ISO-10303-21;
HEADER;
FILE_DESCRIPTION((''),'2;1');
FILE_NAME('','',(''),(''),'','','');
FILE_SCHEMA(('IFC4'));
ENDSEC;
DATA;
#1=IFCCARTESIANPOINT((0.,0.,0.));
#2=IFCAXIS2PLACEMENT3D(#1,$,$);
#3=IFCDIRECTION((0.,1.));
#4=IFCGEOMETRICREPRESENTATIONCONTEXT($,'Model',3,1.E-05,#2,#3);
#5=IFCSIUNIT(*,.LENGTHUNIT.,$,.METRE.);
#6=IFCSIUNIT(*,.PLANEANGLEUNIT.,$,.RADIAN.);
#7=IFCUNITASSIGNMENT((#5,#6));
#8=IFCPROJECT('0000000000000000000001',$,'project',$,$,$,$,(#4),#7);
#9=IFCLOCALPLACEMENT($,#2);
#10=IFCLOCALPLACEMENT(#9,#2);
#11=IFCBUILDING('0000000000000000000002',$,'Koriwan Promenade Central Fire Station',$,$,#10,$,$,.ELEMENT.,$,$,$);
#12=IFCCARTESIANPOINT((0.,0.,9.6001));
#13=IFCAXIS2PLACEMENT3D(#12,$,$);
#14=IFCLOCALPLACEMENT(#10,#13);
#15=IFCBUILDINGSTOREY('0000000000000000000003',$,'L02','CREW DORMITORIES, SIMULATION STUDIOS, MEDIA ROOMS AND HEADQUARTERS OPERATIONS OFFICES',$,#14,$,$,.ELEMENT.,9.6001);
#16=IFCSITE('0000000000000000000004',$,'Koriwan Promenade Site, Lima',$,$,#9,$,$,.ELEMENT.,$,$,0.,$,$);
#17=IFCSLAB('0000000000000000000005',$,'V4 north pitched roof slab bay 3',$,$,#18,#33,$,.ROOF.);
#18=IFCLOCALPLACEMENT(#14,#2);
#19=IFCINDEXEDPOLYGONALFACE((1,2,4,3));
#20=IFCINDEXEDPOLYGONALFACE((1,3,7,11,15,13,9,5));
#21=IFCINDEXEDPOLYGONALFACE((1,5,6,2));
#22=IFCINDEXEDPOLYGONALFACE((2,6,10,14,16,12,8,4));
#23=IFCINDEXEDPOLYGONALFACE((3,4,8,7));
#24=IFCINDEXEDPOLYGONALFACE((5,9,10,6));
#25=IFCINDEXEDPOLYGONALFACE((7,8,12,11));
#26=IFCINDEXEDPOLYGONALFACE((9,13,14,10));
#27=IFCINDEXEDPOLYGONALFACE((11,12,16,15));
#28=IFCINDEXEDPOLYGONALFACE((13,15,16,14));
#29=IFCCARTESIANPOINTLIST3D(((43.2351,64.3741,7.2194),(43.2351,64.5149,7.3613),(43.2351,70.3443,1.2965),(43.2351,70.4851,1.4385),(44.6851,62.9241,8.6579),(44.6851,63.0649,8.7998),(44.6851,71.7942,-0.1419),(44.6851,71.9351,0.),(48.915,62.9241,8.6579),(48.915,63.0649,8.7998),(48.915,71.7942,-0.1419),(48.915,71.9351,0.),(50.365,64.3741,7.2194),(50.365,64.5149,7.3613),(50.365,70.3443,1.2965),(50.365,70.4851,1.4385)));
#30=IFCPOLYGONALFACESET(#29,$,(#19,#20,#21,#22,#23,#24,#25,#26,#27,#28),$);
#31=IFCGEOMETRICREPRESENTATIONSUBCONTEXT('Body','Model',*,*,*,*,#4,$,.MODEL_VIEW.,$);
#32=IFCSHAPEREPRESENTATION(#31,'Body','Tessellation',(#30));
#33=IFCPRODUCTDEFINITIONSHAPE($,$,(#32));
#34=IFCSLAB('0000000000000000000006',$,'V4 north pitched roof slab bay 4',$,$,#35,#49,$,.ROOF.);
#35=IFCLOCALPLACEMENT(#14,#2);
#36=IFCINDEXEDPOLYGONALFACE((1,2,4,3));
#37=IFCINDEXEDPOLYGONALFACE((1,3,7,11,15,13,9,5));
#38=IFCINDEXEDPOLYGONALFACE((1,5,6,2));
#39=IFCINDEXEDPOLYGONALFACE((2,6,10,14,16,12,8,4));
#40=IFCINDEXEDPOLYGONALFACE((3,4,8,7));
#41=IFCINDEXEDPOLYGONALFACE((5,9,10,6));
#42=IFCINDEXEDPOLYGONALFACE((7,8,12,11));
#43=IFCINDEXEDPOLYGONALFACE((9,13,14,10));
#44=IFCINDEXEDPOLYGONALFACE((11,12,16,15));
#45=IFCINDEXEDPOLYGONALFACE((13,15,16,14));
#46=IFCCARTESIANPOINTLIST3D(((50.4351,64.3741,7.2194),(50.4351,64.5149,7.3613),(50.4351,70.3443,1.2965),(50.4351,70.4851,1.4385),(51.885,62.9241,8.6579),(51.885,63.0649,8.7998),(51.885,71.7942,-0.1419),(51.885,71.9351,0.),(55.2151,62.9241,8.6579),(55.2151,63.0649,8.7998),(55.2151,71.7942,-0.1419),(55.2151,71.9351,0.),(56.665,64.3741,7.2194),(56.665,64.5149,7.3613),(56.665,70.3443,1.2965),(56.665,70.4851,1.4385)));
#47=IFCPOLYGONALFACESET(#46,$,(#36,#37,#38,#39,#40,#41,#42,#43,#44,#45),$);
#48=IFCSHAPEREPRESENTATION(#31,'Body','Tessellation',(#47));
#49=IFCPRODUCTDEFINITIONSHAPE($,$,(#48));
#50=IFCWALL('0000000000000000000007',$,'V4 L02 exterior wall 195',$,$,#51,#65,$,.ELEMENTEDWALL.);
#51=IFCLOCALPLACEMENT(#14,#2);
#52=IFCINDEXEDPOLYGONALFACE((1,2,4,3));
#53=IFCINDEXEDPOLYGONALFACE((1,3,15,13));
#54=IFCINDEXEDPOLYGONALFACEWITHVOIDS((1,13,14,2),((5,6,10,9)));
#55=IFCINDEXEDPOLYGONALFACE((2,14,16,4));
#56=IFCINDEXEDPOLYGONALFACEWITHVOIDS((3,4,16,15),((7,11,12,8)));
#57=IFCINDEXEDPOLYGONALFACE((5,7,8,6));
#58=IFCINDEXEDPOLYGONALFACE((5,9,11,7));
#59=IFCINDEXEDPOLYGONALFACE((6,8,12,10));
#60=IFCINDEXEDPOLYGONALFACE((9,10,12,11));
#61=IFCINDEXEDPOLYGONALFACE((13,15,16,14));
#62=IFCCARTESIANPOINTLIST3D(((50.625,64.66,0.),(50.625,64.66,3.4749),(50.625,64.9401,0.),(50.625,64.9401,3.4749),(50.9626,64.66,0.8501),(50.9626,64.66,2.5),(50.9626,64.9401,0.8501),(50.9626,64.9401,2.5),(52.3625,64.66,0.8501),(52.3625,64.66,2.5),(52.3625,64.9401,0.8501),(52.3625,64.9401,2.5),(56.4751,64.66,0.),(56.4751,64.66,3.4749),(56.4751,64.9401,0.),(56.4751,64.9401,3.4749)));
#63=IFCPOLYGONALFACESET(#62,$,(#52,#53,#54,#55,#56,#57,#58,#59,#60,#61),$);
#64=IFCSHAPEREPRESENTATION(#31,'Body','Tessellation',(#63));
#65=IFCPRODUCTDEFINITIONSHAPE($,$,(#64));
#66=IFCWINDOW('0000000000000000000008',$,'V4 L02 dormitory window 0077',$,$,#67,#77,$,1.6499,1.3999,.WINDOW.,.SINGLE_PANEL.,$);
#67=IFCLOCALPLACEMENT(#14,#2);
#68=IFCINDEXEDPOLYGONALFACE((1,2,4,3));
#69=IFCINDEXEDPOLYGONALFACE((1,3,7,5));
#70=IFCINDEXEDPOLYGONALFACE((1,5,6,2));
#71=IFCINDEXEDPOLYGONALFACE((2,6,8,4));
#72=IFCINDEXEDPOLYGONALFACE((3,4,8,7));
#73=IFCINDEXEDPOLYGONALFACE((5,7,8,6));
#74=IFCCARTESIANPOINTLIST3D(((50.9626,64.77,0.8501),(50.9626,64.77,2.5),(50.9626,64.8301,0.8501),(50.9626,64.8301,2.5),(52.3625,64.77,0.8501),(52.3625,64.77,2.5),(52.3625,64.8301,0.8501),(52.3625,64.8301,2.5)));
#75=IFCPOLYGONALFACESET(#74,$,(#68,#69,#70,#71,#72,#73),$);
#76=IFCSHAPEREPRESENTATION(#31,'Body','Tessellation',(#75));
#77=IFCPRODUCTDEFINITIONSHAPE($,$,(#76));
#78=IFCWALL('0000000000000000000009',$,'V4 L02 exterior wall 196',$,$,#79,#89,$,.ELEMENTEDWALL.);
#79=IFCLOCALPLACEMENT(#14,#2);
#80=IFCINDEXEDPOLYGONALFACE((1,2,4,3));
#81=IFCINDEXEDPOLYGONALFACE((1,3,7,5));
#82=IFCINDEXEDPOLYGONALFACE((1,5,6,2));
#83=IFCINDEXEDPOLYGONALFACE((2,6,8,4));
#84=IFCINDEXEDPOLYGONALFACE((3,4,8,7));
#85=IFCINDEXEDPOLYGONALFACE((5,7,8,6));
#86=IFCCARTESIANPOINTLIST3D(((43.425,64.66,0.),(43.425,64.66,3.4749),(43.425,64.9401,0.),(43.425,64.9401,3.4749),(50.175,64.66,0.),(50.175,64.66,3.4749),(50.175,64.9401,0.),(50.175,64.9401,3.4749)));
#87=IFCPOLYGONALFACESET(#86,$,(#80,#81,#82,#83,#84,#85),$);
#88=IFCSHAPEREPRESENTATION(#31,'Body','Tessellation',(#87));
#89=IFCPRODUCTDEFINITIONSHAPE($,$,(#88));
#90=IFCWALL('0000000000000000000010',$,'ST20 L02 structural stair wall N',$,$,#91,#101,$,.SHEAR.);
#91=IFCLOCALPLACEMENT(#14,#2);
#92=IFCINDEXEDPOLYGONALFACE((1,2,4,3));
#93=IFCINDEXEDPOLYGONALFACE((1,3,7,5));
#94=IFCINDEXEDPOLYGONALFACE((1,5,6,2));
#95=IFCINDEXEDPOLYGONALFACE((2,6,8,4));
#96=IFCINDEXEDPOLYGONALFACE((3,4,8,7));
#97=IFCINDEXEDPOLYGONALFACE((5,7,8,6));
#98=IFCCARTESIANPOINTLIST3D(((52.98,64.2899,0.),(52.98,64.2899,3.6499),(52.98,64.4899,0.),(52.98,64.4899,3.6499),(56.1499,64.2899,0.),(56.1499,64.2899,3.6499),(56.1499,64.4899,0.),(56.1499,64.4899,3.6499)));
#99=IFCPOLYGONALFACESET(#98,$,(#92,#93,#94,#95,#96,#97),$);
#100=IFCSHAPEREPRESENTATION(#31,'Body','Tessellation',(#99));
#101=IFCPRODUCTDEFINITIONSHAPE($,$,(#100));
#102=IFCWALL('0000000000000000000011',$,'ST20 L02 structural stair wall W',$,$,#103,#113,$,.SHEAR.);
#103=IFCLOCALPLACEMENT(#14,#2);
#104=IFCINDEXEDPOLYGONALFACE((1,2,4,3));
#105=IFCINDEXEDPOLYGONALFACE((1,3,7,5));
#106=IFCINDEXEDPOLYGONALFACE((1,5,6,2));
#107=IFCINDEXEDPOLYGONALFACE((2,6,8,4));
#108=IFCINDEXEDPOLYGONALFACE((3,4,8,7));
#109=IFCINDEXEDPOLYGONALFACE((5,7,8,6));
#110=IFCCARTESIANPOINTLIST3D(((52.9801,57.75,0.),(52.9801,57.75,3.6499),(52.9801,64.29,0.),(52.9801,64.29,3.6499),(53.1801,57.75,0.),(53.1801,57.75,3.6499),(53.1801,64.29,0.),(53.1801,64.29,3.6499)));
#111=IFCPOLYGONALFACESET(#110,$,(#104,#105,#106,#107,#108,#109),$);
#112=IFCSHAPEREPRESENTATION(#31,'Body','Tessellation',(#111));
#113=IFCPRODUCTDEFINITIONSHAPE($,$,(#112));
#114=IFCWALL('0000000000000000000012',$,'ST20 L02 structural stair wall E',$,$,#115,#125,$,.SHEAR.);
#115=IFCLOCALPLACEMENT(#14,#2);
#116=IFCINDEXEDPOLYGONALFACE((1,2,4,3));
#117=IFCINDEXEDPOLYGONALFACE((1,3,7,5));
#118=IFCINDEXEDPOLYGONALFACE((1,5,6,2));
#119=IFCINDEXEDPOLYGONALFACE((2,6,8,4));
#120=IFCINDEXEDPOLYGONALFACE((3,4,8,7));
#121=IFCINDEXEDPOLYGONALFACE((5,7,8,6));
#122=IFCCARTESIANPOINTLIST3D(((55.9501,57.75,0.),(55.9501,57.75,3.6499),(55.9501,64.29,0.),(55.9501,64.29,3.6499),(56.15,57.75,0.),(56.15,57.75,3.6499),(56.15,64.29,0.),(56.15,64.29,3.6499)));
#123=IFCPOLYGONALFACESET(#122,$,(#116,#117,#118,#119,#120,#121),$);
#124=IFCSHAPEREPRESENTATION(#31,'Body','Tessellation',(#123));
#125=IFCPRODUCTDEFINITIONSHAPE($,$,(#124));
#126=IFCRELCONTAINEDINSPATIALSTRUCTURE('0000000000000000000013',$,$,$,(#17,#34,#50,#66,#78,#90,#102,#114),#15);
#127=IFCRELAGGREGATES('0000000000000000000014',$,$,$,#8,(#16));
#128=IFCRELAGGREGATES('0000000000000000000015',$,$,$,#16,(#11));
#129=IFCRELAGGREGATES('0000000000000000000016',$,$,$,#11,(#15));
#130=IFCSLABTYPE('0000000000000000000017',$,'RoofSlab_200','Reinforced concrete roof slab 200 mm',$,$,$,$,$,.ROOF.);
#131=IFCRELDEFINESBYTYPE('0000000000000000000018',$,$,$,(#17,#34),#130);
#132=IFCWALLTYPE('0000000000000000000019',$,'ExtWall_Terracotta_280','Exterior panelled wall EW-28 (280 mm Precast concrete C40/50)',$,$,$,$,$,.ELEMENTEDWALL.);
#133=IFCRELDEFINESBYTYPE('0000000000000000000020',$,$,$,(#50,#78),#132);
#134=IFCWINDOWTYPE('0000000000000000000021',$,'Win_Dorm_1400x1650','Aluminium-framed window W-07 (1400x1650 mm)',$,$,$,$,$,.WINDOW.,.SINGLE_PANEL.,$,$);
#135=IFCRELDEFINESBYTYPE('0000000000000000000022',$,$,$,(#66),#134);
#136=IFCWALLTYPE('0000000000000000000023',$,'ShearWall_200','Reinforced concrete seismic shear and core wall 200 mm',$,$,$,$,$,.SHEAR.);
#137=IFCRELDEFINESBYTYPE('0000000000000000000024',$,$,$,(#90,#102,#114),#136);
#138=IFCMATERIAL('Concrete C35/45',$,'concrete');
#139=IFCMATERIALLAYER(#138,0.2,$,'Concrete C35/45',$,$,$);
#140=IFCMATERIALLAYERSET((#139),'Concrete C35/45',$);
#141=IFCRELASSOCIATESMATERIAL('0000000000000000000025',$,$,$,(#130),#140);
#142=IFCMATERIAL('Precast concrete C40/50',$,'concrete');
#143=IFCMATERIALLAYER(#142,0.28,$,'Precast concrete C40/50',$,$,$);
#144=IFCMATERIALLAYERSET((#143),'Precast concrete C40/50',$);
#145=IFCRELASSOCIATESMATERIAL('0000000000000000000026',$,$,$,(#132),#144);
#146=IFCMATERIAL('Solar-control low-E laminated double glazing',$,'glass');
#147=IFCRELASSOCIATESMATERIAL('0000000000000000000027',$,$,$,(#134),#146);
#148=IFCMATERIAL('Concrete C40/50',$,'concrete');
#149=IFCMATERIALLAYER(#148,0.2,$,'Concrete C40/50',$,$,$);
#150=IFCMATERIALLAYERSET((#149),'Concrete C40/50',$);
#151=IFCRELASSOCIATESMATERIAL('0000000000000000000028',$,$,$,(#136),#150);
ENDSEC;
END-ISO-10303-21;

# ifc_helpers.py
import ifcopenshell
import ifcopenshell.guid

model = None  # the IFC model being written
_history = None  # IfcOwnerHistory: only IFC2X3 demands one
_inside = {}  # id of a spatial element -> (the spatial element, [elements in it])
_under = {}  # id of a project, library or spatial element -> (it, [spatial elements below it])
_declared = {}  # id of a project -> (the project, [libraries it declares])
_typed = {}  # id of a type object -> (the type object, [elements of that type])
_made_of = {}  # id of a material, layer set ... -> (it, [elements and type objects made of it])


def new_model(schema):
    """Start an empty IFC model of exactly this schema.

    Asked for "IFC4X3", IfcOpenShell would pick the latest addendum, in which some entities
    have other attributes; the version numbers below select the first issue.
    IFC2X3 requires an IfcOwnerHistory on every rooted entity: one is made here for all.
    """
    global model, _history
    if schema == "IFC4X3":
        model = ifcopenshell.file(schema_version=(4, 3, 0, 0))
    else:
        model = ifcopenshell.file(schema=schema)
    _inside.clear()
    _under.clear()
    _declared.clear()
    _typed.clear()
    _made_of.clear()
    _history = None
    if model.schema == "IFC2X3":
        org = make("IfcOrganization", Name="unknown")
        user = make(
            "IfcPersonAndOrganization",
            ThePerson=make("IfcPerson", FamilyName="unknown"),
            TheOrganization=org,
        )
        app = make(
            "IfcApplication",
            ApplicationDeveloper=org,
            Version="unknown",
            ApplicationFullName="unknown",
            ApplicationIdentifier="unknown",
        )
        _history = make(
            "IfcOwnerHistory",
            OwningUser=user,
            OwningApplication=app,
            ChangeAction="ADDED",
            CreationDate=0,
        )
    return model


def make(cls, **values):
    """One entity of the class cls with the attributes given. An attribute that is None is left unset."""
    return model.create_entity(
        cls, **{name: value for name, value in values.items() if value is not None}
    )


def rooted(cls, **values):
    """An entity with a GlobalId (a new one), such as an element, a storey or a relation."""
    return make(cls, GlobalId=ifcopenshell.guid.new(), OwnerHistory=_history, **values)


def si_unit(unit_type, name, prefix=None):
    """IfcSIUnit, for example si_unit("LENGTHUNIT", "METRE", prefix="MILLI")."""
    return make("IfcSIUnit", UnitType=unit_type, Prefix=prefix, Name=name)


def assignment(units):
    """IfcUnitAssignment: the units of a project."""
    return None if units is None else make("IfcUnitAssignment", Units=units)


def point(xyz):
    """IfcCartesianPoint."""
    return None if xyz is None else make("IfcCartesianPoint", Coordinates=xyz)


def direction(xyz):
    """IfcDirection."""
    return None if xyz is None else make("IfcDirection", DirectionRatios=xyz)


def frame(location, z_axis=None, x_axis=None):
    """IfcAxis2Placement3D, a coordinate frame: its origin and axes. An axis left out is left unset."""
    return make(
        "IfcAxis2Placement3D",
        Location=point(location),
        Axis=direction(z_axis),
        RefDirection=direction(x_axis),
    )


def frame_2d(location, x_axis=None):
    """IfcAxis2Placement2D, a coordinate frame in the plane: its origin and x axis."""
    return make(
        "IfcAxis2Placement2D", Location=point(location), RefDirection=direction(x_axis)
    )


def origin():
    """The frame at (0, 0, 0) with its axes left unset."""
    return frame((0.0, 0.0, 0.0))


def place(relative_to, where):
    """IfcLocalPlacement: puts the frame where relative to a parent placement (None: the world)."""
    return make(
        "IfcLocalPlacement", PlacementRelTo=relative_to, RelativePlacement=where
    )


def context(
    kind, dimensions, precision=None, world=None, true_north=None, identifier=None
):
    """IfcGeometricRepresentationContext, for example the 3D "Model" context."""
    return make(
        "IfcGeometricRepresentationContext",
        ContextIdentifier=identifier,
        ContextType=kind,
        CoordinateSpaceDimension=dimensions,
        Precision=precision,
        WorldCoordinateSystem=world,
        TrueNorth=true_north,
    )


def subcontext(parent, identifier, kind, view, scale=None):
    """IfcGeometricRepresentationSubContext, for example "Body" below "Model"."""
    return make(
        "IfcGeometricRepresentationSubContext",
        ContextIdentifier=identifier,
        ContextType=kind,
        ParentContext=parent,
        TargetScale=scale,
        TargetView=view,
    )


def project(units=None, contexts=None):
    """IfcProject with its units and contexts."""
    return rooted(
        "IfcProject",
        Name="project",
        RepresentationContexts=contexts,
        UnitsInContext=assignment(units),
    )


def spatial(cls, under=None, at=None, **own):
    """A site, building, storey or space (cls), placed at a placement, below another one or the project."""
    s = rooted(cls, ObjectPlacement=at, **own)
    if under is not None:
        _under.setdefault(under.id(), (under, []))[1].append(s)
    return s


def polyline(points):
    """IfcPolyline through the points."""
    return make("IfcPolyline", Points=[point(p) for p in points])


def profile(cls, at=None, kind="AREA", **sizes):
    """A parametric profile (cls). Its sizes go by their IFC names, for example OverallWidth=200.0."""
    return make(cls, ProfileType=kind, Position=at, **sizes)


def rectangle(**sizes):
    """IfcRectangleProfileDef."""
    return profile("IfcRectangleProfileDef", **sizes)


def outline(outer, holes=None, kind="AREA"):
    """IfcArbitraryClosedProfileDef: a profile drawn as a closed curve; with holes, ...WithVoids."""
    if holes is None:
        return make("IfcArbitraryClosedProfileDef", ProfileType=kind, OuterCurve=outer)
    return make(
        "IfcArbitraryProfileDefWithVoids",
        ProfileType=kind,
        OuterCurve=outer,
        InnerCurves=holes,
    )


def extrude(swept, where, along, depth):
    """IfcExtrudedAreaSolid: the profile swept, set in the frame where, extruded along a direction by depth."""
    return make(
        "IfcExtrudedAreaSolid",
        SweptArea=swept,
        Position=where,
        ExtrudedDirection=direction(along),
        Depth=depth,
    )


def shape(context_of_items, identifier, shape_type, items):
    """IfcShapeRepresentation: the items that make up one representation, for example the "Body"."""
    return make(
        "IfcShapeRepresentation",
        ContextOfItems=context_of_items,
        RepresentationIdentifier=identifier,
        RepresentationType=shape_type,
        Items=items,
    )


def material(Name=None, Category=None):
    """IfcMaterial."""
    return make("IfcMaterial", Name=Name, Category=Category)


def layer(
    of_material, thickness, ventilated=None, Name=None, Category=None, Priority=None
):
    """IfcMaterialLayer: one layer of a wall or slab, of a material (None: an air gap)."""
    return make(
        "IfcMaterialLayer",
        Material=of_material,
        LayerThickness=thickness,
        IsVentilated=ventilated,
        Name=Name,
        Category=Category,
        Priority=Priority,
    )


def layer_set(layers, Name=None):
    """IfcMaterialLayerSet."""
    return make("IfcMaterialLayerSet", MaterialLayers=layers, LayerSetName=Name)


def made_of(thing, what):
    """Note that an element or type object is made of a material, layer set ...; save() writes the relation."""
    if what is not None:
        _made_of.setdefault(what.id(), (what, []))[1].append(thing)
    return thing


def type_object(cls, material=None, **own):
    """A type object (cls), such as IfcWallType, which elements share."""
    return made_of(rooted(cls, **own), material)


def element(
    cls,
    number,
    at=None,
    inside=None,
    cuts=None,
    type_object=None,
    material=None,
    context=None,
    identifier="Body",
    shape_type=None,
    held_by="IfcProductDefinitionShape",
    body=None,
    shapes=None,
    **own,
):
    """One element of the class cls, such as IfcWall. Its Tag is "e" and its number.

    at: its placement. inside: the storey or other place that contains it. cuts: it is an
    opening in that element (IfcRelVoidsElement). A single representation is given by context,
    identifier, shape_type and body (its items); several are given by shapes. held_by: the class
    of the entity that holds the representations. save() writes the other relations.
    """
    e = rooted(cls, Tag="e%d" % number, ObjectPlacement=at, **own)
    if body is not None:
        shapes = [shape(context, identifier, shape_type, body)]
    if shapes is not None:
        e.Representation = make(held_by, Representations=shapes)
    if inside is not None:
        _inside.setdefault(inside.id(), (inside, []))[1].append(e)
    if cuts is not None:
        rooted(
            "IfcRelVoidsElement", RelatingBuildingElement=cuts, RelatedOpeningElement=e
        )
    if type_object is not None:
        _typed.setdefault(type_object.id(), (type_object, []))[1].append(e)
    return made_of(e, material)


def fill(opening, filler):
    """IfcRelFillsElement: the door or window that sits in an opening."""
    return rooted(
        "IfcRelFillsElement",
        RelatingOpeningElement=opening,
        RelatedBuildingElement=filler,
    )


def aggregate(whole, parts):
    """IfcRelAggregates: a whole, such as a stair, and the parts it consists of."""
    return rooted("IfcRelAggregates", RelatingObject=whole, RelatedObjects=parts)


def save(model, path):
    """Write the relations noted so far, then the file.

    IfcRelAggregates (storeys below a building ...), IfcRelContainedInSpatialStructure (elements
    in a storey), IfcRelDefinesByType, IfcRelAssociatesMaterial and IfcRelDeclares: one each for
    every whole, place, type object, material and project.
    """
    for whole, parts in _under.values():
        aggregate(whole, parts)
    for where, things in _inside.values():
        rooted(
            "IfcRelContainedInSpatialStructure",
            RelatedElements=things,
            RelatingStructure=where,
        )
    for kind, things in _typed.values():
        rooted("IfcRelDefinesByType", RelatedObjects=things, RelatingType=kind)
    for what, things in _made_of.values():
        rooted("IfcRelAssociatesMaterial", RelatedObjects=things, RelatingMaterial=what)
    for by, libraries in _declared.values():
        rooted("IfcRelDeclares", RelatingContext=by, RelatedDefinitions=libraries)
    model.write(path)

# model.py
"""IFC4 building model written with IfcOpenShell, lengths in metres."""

from ifc_helpers import new_model, si_unit, direction, frame, frame_2d, origin, place, context, subcontext, project, spatial, polyline, rectangle, outline, extrude, material, layer, layer_set, type_object, element, fill, save


model = new_model("IFC4")

# Units and contexts
model_context = context("Model", 3, precision=1e-05, world=origin(), true_north=direction((0.0, 1.0)))
body_context = subcontext(model_context, "Body", "Model", "MODEL_VIEW")
ifc_project = project(units=[si_unit("LENGTHUNIT", "METRE"), si_unit("PLANEANGLEUNIT", "RADIAN")], contexts=[model_context])

# Site, building, storey
site_placement = place(None, origin())
site = spatial("IfcSite", under=ifc_project, at=site_placement, Name="Koriwan Promenade Site, Lima", CompositionType="ELEMENT", RefElevation=0.0)
building_placement = place(site_placement, origin())
building = spatial("IfcBuilding", under=site, at=building_placement, Name="Koriwan Promenade Central Fire Station", CompositionType="ELEMENT")
storey_placement = place(building_placement, frame((0.0, 0.0, 9.6001)))
storey = spatial("IfcBuildingStorey", under=building, at=storey_placement, Name="L02", Description="CREW DORMITORIES, SIMULATION STUDIOS, MEDIA ROOMS AND HEADQUARTERS OPERATIONS OFFICES", CompositionType="ELEMENT", Elevation=9.6001)

# Shared definitions
ifc_material_1 = material(Name="Concrete C40/50", Category="concrete")

# Slabs
ifc_material_2 = material(Name="Concrete C35/45", Category="concrete")
ifc_layer_1 = layer(ifc_material_2, 0.2, Name="Concrete C35/45")
ifc_layer_set_1 = layer_set([ifc_layer_1], Name="Concrete C35/45")
slab_type = type_object("IfcSlabType", Name="RoofSlab_200", Description="Reinforced concrete roof slab 200 mm", PredefinedType="ROOF", material=ifc_layer_set_1)
slab_1_placement = place(storey_placement, frame((44.6851, 63.0649, 8.7998), z_axis=(0.0, 0.704287, 0.709915), x_axis=(1.0, 0.0, 0.0)))
element("IfcSlab", 1, at=slab_1_placement, inside=storey, type_object=slab_type, Name="V4 north pitched roof slab bay 3", PredefinedType="ROOF", context=body_context, shape_type="SweptSolid", body=[
    extrude(outline(polyline([(0.0, 0.0), (4.23, 0.0), (5.6799, 2.0424), (5.6799, 10.4522), (4.23, 12.4946), (0.0, 12.4946), (-1.45, 10.4522), (-1.45, 2.0424), (0.0, 0.0)])), origin(), (0.0, 0.0, -1.0), 0.2),
])
slab_2_placement = place(storey_placement, frame((51.885, 63.0649, 8.7998), z_axis=(0.0, 0.704287, 0.709915), x_axis=(1.0, 0.0, 0.0)))
element("IfcSlab", 2, at=slab_2_placement, inside=storey, type_object=slab_type, Name="V4 north pitched roof slab bay 4", PredefinedType="ROOF", context=body_context, shape_type="SweptSolid", body=[
    extrude(outline(polyline([(0.0, 0.0), (3.3301, 0.0), (4.78, 2.0424), (4.78, 10.4522), (3.3301, 12.4946), (0.0, 12.4946), (-1.45, 10.4522), (-1.45, 2.0424), (0.0, 0.0)])), origin(), (0.0, 0.0, -1.0), 0.2),
])

# Wall, opening, window
ifc_material_3 = material(Name="Precast concrete C40/50", Category="concrete")
ifc_layer_2 = layer(ifc_material_3, 0.28, Name="Precast concrete C40/50")
ifc_layer_set_2 = layer_set([ifc_layer_2], Name="Precast concrete C40/50")
wall_type_1 = type_object("IfcWallType", Name="ExtWall_Terracotta_280", Description="Exterior panelled wall EW-28 (280 mm Precast concrete C40/50)", PredefinedType="ELEMENTEDWALL", material=ifc_layer_set_2)
wall_1_placement = place(storey_placement, frame((56.4751, 64.8, 0.0), z_axis=(0.0, 0.0, 1.0), x_axis=(-1.0, 0.0, 0.0)))
wall_1 = element("IfcWall", 3, at=wall_1_placement, inside=storey, type_object=wall_type_1, Name="V4 L02 exterior wall 195", PredefinedType="ELEMENTEDWALL", context=body_context, shape_type="SweptSolid", body=[
    extrude(rectangle(XDim=5.8501, YDim=0.28, at=frame_2d((2.925, 0.0))), origin(), (0.0, 0.0, 1.0), 3.4749),
])
opening_1_placement = place(wall_1_placement, frame((4.1125, 0.0, 0.8501)))
opening_1 = element("IfcOpeningElement", 4, at=opening_1_placement, cuts=wall_1, PredefinedType="OPENING", context=body_context, shape_type="SweptSolid", body=[
    extrude(rectangle(XDim=1.3999, YDim=1.6499, at=frame_2d((0.7, 0.825))), frame((0.0, 0.1519, 0.0), z_axis=(0.0, -1.0, 0.0), x_axis=(1.0, 0.0, 0.0)), (0.0, 0.0, 1.0), 0.304),
])
ifc_material_4 = material(Name="Solar-control low-E laminated double glazing", Category="glass")
window_type = type_object("IfcWindowType", Name="Win_Dorm_1400x1650", Description="Aluminium-framed window W-07 (1400x1650 mm)", PartitioningType="SINGLE_PANEL", PredefinedType="WINDOW", material=ifc_material_4)
window_placement = place(opening_1_placement, origin())
window = element("IfcWindow", 5, at=window_placement, inside=storey, type_object=window_type, Name="V4 L02 dormitory window 0077", OverallHeight=1.6499, OverallWidth=1.3999, PartitioningType="SINGLE_PANEL", PredefinedType="WINDOW", context=body_context, shape_type="SweptSolid", body=[
    extrude(rectangle(XDim=1.3999, YDim=1.6499, at=frame_2d((0.7, 0.825))), frame((0.0, 0.03, 0.0), z_axis=(0.0, -1.0, 0.0), x_axis=(1.0, 0.0, 0.0)), (0.0, 0.0, 1.0), 0.0601),
])
fill(opening_1, window)

# Wall
wall_2_placement = place(storey_placement, frame((50.175, 64.8, 0.0), z_axis=(0.0, 0.0, 1.0), x_axis=(-1.0, 0.0, 0.0)))
element("IfcWall", 6, at=wall_2_placement, inside=storey, type_object=wall_type_1, Name="V4 L02 exterior wall 196", PredefinedType="ELEMENTEDWALL", context=body_context, shape_type="SweptSolid", body=[
    extrude(rectangle(XDim=6.75, YDim=0.28, at=frame_2d((3.375, 0.0))), origin(), (0.0, 0.0, 1.0), 3.4749),
])

# Shared definitions
ifc_layer_3 = layer(ifc_material_1, 0.2, Name="Concrete C40/50")
ifc_layer_set_3 = layer_set([ifc_layer_3], Name="Concrete C40/50")
wall_type_2 = type_object("IfcWallType", Name="ShearWall_200", Description="Reinforced concrete seismic shear and core wall 200 mm", PredefinedType="SHEAR", material=ifc_layer_set_3)

# Walls
wall_3_placement = place(storey_placement, frame((52.98, 64.3899, 0.0), z_axis=(0.0, 0.0, 1.0), x_axis=(1.0, 0.0, 0.0)))
element("IfcWall", 7, at=wall_3_placement, inside=storey, type_object=wall_type_2, Name="ST20 L02 structural stair wall N", PredefinedType="SHEAR", context=body_context, shape_type="SweptSolid", body=[
    extrude(rectangle(XDim=3.1699, YDim=0.2, at=frame_2d((1.585, 0.0))), origin(), (0.0, 0.0, 1.0), 3.6499),
])
for number, where, z_axis, x_axis, name in (
    (8, (53.0801, 57.75, 0.0), (0.0, 0.0, 1.0), (0.0, 1.0, 0.0), "ST20 L02 structural stair wall W"),
    (9, (56.05, 57.75, 0.0), (0.0, 0.0, 1.0), (0.0, 1.0, 0.0), "ST20 L02 structural stair wall E"),
):
    element("IfcWall", number, at=place(storey_placement, frame(where, z_axis=z_axis, x_axis=x_axis)), inside=storey, type_object=wall_type_2, Name=name, PredefinedType="SHEAR", context=body_context, shape_type="SweptSolid", body=[
        extrude(rectangle(XDim=6.54, YDim=0.2, at=frame_2d((3.27, 0.0))), origin(), (0.0, 0.0, 1.0), 3.6499),
    ])

save(model, "model.ifc")
